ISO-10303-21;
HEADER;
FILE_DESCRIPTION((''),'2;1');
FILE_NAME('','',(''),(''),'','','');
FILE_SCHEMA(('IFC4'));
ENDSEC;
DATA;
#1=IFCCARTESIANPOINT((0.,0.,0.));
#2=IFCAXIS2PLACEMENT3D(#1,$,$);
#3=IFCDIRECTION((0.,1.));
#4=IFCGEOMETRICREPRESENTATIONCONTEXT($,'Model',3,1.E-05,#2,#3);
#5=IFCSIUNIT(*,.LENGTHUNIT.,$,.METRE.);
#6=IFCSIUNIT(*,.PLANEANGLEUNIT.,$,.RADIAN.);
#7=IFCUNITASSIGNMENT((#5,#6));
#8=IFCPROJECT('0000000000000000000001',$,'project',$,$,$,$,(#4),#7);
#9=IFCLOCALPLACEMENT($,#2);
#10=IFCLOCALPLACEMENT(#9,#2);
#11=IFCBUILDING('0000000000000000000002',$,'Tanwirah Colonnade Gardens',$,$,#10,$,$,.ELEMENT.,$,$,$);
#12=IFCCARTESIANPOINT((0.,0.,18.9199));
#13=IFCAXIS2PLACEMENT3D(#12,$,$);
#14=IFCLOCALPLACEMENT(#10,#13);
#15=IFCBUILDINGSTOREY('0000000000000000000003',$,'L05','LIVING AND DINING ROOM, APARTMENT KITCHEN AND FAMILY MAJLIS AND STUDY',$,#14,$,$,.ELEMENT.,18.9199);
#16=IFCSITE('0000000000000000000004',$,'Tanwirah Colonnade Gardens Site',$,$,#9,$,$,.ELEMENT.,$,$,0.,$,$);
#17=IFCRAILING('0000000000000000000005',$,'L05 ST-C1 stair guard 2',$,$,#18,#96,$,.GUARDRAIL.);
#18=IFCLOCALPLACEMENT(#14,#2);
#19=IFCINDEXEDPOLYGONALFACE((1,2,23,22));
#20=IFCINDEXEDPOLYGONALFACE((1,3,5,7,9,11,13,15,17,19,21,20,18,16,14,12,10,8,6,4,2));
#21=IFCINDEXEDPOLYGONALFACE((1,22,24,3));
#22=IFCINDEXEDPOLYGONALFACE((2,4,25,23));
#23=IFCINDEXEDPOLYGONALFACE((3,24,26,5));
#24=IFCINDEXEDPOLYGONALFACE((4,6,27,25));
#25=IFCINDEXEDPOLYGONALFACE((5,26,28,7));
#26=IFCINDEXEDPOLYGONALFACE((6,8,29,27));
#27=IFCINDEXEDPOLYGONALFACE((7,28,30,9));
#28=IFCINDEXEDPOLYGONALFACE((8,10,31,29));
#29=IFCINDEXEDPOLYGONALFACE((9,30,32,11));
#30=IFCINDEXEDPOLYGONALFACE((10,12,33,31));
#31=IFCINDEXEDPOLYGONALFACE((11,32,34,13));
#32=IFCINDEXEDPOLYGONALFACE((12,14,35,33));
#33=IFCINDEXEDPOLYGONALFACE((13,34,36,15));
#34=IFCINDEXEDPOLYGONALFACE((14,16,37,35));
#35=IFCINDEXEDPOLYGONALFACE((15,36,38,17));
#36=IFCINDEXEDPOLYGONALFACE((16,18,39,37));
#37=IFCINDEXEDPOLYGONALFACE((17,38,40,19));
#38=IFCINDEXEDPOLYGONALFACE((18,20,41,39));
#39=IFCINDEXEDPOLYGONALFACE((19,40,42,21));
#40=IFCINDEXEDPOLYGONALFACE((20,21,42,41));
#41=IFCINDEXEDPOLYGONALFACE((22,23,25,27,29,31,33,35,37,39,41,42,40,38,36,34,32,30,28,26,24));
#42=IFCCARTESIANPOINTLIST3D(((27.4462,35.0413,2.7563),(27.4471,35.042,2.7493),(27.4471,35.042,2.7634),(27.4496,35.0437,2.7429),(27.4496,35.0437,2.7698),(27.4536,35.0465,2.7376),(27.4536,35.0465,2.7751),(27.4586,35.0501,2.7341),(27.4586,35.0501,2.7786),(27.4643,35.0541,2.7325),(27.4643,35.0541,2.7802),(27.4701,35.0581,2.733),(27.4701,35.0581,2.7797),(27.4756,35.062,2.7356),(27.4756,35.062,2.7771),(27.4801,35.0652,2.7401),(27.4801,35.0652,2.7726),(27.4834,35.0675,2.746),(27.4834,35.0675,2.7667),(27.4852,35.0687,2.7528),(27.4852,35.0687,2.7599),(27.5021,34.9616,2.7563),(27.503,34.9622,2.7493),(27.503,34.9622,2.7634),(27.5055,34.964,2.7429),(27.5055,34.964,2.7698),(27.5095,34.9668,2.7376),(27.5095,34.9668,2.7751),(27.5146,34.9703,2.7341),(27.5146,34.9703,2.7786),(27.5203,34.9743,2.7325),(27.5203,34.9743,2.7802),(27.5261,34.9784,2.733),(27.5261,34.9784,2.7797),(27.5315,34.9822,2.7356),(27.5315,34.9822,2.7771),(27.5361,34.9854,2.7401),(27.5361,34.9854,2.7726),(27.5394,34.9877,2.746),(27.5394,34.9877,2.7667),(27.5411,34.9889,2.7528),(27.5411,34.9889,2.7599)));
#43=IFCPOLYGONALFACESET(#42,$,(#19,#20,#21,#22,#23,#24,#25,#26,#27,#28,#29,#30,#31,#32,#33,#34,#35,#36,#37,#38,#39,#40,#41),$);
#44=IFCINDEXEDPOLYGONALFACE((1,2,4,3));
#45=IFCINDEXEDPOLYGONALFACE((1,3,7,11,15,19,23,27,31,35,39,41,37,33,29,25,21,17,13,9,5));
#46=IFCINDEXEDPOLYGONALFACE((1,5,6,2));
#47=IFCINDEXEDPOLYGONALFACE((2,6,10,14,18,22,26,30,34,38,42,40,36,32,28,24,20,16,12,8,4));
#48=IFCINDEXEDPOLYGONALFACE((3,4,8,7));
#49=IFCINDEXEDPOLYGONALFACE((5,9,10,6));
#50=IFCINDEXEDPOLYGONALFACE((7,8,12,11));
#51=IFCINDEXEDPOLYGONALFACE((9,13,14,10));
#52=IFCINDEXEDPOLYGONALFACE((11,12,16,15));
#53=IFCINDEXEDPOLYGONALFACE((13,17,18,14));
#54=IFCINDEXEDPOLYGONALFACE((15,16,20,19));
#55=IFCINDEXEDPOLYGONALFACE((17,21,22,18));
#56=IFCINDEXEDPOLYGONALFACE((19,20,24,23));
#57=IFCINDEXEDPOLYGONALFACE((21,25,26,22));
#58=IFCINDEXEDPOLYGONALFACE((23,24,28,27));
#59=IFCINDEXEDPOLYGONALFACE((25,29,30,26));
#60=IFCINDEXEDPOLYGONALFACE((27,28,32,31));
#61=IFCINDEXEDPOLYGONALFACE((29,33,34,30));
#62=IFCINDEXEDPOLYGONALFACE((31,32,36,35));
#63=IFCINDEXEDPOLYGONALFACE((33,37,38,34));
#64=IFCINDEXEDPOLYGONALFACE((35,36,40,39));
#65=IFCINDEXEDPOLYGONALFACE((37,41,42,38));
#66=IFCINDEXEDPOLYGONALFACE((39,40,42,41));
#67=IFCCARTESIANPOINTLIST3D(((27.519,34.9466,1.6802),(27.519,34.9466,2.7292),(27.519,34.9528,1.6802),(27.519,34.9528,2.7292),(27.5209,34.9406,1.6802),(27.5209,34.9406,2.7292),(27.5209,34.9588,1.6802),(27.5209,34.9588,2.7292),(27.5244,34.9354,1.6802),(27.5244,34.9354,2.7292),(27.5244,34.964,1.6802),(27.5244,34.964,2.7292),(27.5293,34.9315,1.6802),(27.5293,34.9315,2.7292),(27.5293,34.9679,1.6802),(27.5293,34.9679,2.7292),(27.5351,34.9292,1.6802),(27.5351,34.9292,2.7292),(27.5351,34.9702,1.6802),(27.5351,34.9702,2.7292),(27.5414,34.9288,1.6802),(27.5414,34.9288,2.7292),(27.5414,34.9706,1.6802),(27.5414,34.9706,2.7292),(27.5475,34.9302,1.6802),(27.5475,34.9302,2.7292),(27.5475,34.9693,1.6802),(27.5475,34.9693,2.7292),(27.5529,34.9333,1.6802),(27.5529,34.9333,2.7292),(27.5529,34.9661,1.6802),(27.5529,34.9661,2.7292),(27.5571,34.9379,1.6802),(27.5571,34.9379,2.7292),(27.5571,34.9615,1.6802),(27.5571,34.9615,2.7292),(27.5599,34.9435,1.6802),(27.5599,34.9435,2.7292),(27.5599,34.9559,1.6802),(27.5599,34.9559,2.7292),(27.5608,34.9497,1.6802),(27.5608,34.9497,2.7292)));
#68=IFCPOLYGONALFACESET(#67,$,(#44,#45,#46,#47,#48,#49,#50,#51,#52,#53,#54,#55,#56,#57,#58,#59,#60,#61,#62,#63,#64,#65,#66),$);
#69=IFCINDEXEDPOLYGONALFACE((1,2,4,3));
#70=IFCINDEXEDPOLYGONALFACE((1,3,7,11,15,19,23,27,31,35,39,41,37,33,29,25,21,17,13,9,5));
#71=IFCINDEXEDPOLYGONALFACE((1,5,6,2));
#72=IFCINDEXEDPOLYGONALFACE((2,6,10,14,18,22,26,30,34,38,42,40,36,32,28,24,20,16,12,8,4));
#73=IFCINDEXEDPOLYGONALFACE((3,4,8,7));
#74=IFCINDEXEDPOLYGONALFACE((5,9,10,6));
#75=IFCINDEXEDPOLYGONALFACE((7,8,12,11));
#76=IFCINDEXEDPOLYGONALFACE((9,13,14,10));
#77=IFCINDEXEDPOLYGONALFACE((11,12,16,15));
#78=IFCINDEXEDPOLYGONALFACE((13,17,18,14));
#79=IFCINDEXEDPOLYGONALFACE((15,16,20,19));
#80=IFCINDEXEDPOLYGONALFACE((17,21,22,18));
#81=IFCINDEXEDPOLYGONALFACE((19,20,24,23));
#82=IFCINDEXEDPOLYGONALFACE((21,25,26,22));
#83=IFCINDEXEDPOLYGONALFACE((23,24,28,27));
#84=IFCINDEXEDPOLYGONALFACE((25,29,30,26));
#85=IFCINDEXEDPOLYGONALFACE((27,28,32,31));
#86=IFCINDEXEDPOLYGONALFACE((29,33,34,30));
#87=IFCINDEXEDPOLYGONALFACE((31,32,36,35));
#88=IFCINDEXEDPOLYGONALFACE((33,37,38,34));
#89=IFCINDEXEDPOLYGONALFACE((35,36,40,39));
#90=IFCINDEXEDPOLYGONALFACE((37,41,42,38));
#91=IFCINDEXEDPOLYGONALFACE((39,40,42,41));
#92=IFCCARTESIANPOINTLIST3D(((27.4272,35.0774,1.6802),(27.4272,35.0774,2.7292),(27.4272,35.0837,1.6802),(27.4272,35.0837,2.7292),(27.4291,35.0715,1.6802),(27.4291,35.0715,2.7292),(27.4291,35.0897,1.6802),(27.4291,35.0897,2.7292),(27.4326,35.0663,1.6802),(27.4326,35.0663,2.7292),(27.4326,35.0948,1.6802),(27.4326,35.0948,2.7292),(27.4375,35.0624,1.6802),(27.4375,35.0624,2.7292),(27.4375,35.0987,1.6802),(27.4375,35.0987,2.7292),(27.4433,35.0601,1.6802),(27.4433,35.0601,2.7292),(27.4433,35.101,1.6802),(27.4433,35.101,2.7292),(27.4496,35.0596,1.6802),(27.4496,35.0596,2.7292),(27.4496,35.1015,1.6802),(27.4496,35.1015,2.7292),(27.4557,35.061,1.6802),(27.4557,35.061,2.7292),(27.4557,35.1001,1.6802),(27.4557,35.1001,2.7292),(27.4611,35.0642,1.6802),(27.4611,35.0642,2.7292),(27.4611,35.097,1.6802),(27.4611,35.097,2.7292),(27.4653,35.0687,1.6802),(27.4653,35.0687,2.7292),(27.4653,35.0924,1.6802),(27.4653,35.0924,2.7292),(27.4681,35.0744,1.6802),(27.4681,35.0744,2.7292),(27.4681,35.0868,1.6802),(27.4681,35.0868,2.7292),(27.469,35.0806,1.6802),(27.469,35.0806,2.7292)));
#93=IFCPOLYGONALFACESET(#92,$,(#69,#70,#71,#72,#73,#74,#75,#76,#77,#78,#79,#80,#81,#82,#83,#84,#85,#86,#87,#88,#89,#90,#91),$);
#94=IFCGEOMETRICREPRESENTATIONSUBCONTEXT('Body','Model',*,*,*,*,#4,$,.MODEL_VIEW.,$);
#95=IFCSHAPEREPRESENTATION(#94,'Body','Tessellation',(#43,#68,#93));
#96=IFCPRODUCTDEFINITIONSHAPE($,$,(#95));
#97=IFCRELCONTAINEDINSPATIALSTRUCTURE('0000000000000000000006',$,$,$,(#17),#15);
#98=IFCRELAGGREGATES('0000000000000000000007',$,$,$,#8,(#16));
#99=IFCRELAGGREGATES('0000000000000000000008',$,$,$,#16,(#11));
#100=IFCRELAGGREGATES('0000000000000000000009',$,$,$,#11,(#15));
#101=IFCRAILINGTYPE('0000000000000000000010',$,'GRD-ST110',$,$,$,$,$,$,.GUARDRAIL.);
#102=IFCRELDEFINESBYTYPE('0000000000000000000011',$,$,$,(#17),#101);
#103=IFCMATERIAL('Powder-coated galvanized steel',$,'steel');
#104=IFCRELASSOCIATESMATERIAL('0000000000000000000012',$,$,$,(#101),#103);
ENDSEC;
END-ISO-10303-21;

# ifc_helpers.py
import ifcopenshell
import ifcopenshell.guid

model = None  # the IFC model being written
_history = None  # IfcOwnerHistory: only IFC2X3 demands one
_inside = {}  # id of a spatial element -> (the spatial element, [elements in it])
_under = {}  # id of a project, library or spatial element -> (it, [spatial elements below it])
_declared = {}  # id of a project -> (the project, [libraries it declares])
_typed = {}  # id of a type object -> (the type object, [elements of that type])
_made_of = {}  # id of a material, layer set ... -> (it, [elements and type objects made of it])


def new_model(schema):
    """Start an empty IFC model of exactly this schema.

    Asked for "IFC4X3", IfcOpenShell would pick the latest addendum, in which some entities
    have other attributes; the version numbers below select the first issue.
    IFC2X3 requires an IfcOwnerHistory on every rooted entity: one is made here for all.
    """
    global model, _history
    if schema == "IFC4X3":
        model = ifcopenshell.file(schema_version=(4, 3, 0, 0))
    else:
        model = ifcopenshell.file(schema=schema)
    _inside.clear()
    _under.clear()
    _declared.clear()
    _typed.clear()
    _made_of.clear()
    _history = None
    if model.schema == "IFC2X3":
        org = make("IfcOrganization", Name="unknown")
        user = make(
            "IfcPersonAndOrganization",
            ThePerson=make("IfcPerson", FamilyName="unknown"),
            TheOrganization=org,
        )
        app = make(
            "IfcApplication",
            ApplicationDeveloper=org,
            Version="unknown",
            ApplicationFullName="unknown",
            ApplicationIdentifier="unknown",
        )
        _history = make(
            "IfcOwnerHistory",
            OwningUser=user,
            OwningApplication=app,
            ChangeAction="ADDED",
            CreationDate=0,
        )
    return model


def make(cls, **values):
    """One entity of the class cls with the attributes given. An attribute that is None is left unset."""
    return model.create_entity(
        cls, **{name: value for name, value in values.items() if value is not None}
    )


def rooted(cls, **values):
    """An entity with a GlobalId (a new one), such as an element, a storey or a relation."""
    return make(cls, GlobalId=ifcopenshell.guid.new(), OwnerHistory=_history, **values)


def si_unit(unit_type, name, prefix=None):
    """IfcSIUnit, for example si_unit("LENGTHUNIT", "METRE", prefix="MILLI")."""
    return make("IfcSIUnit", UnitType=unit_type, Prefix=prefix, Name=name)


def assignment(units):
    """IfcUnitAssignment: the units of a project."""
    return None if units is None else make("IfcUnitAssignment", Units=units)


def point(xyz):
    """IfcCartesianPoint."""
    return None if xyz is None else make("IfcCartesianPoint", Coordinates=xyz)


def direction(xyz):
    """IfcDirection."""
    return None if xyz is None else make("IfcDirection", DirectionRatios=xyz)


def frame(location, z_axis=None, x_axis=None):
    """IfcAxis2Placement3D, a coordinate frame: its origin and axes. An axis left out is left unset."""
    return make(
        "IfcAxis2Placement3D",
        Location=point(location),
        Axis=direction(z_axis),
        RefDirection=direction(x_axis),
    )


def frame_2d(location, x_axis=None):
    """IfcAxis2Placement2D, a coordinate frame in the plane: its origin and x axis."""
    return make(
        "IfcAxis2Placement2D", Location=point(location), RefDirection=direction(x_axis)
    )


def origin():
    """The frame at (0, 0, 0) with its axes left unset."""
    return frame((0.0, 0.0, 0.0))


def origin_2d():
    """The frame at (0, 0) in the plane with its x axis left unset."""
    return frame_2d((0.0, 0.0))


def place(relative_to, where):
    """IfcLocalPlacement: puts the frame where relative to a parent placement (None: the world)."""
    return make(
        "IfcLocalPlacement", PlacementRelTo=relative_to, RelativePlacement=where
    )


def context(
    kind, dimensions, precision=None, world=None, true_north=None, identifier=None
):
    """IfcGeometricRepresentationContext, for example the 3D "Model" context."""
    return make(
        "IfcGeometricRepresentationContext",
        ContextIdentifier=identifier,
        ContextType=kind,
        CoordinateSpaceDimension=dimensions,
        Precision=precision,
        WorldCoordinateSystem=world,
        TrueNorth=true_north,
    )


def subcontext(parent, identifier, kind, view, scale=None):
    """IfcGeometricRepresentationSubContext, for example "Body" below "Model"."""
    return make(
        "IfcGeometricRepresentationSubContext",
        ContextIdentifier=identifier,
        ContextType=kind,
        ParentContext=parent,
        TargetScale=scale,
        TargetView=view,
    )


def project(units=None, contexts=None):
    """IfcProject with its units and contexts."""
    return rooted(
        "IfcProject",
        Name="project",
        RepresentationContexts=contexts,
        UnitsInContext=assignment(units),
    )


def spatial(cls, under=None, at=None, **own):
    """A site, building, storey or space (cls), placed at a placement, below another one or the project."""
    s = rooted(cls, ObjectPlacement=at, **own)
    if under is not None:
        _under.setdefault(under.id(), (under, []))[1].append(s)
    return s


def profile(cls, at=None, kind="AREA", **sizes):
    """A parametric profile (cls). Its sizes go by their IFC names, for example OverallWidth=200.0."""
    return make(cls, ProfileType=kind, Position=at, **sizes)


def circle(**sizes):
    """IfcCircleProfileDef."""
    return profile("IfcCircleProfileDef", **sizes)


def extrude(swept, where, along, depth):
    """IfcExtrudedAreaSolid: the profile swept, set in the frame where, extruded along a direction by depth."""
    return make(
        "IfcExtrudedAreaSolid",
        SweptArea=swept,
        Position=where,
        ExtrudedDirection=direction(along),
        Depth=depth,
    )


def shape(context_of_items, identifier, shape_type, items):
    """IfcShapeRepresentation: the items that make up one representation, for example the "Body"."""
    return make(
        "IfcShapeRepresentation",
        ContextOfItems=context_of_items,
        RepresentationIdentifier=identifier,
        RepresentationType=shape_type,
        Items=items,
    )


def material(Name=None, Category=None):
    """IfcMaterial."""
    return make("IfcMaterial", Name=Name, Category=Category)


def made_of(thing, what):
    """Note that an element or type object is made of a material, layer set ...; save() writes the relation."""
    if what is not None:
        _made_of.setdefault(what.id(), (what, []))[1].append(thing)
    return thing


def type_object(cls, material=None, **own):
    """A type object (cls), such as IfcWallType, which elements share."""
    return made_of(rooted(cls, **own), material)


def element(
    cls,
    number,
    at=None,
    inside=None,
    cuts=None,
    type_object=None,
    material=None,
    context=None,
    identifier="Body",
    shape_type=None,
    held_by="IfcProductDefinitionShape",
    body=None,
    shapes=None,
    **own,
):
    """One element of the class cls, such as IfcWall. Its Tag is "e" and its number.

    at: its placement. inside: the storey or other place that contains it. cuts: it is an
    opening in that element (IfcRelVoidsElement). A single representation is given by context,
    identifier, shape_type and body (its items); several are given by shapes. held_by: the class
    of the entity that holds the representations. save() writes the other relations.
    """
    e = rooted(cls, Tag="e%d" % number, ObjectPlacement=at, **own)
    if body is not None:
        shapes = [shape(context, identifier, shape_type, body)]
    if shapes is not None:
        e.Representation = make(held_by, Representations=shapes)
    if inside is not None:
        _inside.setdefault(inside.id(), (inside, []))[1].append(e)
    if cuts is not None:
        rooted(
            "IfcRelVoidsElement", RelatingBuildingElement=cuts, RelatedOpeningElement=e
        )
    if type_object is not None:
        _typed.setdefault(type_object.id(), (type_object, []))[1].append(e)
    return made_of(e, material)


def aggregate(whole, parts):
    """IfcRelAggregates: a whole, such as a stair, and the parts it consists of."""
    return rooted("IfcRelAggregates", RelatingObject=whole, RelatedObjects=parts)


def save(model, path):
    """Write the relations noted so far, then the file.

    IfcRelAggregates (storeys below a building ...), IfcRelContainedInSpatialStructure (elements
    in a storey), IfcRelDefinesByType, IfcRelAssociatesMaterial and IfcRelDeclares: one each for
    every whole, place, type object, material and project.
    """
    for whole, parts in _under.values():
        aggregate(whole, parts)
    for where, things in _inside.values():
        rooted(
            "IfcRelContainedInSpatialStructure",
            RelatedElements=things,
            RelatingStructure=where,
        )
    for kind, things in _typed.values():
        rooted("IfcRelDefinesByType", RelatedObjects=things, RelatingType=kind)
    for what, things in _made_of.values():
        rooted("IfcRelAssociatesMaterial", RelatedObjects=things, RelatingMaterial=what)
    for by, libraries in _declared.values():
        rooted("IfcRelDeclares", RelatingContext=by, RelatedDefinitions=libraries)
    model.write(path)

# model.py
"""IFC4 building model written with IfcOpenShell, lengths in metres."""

from ifc_helpers import new_model, si_unit, direction, frame, origin, origin_2d, place, context, subcontext, project, spatial, circle, extrude, material, type_object, element, save


model = new_model("IFC4")

# Units and contexts
model_context = context("Model", 3, precision=1e-05, world=origin(), true_north=direction((0.0, 1.0)))
body_context = subcontext(model_context, "Body", "Model", "MODEL_VIEW")
ifc_project = project(units=[si_unit("LENGTHUNIT", "METRE"), si_unit("PLANEANGLEUNIT", "RADIAN")], contexts=[model_context])

# Site, building, storey
site_placement = place(None, origin())
site = spatial("IfcSite", under=ifc_project, at=site_placement, Name="Tanwirah Colonnade Gardens Site", CompositionType="ELEMENT", RefElevation=0.0)
building_placement = place(site_placement, origin())
building = spatial("IfcBuilding", under=site, at=building_placement, Name="Tanwirah Colonnade Gardens", CompositionType="ELEMENT")
storey_placement = place(building_placement, frame((0.0, 0.0, 18.9199)))
storey = spatial("IfcBuildingStorey", under=building, at=storey_placement, Name="L05", Description="LIVING AND DINING ROOM, APARTMENT KITCHEN AND FAMILY MAJLIS AND STUDY", CompositionType="ELEMENT", Elevation=18.9199)

# Railing
ifc_material_1 = material(Name="Powder-coated galvanized steel", Category="steel")
railing_type_1 = type_object("IfcRailingType", Name="GRD-ST110", PredefinedType="GUARDRAIL", material=ifc_material_1)
railing_1_placement = place(storey_placement, frame((27.5398, 34.9497, 1.6802)))
element("IfcRailing", 1, at=railing_1_placement, inside=storey, type_object=railing_type_1, Name="L05 ST-C1 stair guard 2", PredefinedType="GUARDRAIL", context=body_context, shape_type="SweptSolid", body=[
    extrude(circle(Radius=0.0239, at=origin_2d()), frame((-0.0181, 0.0256, 1.0762), z_axis=(-0.574282, 0.818657, 0.0), x_axis=(-0.818657, -0.574282, 0.0)), (0.0, 0.0, 1.0), 0.0974),
    extrude(circle(Radius=0.021, at=origin_2d()), origin(), (0.0, 0.0, 1.0), 1.0491),
    extrude(circle(Radius=0.021, at=origin_2d()), frame((-0.0918, 0.1309, 0.0)), (0.0, 0.0, 1.0), 1.0491),
])

save(model, "model.ifc")
